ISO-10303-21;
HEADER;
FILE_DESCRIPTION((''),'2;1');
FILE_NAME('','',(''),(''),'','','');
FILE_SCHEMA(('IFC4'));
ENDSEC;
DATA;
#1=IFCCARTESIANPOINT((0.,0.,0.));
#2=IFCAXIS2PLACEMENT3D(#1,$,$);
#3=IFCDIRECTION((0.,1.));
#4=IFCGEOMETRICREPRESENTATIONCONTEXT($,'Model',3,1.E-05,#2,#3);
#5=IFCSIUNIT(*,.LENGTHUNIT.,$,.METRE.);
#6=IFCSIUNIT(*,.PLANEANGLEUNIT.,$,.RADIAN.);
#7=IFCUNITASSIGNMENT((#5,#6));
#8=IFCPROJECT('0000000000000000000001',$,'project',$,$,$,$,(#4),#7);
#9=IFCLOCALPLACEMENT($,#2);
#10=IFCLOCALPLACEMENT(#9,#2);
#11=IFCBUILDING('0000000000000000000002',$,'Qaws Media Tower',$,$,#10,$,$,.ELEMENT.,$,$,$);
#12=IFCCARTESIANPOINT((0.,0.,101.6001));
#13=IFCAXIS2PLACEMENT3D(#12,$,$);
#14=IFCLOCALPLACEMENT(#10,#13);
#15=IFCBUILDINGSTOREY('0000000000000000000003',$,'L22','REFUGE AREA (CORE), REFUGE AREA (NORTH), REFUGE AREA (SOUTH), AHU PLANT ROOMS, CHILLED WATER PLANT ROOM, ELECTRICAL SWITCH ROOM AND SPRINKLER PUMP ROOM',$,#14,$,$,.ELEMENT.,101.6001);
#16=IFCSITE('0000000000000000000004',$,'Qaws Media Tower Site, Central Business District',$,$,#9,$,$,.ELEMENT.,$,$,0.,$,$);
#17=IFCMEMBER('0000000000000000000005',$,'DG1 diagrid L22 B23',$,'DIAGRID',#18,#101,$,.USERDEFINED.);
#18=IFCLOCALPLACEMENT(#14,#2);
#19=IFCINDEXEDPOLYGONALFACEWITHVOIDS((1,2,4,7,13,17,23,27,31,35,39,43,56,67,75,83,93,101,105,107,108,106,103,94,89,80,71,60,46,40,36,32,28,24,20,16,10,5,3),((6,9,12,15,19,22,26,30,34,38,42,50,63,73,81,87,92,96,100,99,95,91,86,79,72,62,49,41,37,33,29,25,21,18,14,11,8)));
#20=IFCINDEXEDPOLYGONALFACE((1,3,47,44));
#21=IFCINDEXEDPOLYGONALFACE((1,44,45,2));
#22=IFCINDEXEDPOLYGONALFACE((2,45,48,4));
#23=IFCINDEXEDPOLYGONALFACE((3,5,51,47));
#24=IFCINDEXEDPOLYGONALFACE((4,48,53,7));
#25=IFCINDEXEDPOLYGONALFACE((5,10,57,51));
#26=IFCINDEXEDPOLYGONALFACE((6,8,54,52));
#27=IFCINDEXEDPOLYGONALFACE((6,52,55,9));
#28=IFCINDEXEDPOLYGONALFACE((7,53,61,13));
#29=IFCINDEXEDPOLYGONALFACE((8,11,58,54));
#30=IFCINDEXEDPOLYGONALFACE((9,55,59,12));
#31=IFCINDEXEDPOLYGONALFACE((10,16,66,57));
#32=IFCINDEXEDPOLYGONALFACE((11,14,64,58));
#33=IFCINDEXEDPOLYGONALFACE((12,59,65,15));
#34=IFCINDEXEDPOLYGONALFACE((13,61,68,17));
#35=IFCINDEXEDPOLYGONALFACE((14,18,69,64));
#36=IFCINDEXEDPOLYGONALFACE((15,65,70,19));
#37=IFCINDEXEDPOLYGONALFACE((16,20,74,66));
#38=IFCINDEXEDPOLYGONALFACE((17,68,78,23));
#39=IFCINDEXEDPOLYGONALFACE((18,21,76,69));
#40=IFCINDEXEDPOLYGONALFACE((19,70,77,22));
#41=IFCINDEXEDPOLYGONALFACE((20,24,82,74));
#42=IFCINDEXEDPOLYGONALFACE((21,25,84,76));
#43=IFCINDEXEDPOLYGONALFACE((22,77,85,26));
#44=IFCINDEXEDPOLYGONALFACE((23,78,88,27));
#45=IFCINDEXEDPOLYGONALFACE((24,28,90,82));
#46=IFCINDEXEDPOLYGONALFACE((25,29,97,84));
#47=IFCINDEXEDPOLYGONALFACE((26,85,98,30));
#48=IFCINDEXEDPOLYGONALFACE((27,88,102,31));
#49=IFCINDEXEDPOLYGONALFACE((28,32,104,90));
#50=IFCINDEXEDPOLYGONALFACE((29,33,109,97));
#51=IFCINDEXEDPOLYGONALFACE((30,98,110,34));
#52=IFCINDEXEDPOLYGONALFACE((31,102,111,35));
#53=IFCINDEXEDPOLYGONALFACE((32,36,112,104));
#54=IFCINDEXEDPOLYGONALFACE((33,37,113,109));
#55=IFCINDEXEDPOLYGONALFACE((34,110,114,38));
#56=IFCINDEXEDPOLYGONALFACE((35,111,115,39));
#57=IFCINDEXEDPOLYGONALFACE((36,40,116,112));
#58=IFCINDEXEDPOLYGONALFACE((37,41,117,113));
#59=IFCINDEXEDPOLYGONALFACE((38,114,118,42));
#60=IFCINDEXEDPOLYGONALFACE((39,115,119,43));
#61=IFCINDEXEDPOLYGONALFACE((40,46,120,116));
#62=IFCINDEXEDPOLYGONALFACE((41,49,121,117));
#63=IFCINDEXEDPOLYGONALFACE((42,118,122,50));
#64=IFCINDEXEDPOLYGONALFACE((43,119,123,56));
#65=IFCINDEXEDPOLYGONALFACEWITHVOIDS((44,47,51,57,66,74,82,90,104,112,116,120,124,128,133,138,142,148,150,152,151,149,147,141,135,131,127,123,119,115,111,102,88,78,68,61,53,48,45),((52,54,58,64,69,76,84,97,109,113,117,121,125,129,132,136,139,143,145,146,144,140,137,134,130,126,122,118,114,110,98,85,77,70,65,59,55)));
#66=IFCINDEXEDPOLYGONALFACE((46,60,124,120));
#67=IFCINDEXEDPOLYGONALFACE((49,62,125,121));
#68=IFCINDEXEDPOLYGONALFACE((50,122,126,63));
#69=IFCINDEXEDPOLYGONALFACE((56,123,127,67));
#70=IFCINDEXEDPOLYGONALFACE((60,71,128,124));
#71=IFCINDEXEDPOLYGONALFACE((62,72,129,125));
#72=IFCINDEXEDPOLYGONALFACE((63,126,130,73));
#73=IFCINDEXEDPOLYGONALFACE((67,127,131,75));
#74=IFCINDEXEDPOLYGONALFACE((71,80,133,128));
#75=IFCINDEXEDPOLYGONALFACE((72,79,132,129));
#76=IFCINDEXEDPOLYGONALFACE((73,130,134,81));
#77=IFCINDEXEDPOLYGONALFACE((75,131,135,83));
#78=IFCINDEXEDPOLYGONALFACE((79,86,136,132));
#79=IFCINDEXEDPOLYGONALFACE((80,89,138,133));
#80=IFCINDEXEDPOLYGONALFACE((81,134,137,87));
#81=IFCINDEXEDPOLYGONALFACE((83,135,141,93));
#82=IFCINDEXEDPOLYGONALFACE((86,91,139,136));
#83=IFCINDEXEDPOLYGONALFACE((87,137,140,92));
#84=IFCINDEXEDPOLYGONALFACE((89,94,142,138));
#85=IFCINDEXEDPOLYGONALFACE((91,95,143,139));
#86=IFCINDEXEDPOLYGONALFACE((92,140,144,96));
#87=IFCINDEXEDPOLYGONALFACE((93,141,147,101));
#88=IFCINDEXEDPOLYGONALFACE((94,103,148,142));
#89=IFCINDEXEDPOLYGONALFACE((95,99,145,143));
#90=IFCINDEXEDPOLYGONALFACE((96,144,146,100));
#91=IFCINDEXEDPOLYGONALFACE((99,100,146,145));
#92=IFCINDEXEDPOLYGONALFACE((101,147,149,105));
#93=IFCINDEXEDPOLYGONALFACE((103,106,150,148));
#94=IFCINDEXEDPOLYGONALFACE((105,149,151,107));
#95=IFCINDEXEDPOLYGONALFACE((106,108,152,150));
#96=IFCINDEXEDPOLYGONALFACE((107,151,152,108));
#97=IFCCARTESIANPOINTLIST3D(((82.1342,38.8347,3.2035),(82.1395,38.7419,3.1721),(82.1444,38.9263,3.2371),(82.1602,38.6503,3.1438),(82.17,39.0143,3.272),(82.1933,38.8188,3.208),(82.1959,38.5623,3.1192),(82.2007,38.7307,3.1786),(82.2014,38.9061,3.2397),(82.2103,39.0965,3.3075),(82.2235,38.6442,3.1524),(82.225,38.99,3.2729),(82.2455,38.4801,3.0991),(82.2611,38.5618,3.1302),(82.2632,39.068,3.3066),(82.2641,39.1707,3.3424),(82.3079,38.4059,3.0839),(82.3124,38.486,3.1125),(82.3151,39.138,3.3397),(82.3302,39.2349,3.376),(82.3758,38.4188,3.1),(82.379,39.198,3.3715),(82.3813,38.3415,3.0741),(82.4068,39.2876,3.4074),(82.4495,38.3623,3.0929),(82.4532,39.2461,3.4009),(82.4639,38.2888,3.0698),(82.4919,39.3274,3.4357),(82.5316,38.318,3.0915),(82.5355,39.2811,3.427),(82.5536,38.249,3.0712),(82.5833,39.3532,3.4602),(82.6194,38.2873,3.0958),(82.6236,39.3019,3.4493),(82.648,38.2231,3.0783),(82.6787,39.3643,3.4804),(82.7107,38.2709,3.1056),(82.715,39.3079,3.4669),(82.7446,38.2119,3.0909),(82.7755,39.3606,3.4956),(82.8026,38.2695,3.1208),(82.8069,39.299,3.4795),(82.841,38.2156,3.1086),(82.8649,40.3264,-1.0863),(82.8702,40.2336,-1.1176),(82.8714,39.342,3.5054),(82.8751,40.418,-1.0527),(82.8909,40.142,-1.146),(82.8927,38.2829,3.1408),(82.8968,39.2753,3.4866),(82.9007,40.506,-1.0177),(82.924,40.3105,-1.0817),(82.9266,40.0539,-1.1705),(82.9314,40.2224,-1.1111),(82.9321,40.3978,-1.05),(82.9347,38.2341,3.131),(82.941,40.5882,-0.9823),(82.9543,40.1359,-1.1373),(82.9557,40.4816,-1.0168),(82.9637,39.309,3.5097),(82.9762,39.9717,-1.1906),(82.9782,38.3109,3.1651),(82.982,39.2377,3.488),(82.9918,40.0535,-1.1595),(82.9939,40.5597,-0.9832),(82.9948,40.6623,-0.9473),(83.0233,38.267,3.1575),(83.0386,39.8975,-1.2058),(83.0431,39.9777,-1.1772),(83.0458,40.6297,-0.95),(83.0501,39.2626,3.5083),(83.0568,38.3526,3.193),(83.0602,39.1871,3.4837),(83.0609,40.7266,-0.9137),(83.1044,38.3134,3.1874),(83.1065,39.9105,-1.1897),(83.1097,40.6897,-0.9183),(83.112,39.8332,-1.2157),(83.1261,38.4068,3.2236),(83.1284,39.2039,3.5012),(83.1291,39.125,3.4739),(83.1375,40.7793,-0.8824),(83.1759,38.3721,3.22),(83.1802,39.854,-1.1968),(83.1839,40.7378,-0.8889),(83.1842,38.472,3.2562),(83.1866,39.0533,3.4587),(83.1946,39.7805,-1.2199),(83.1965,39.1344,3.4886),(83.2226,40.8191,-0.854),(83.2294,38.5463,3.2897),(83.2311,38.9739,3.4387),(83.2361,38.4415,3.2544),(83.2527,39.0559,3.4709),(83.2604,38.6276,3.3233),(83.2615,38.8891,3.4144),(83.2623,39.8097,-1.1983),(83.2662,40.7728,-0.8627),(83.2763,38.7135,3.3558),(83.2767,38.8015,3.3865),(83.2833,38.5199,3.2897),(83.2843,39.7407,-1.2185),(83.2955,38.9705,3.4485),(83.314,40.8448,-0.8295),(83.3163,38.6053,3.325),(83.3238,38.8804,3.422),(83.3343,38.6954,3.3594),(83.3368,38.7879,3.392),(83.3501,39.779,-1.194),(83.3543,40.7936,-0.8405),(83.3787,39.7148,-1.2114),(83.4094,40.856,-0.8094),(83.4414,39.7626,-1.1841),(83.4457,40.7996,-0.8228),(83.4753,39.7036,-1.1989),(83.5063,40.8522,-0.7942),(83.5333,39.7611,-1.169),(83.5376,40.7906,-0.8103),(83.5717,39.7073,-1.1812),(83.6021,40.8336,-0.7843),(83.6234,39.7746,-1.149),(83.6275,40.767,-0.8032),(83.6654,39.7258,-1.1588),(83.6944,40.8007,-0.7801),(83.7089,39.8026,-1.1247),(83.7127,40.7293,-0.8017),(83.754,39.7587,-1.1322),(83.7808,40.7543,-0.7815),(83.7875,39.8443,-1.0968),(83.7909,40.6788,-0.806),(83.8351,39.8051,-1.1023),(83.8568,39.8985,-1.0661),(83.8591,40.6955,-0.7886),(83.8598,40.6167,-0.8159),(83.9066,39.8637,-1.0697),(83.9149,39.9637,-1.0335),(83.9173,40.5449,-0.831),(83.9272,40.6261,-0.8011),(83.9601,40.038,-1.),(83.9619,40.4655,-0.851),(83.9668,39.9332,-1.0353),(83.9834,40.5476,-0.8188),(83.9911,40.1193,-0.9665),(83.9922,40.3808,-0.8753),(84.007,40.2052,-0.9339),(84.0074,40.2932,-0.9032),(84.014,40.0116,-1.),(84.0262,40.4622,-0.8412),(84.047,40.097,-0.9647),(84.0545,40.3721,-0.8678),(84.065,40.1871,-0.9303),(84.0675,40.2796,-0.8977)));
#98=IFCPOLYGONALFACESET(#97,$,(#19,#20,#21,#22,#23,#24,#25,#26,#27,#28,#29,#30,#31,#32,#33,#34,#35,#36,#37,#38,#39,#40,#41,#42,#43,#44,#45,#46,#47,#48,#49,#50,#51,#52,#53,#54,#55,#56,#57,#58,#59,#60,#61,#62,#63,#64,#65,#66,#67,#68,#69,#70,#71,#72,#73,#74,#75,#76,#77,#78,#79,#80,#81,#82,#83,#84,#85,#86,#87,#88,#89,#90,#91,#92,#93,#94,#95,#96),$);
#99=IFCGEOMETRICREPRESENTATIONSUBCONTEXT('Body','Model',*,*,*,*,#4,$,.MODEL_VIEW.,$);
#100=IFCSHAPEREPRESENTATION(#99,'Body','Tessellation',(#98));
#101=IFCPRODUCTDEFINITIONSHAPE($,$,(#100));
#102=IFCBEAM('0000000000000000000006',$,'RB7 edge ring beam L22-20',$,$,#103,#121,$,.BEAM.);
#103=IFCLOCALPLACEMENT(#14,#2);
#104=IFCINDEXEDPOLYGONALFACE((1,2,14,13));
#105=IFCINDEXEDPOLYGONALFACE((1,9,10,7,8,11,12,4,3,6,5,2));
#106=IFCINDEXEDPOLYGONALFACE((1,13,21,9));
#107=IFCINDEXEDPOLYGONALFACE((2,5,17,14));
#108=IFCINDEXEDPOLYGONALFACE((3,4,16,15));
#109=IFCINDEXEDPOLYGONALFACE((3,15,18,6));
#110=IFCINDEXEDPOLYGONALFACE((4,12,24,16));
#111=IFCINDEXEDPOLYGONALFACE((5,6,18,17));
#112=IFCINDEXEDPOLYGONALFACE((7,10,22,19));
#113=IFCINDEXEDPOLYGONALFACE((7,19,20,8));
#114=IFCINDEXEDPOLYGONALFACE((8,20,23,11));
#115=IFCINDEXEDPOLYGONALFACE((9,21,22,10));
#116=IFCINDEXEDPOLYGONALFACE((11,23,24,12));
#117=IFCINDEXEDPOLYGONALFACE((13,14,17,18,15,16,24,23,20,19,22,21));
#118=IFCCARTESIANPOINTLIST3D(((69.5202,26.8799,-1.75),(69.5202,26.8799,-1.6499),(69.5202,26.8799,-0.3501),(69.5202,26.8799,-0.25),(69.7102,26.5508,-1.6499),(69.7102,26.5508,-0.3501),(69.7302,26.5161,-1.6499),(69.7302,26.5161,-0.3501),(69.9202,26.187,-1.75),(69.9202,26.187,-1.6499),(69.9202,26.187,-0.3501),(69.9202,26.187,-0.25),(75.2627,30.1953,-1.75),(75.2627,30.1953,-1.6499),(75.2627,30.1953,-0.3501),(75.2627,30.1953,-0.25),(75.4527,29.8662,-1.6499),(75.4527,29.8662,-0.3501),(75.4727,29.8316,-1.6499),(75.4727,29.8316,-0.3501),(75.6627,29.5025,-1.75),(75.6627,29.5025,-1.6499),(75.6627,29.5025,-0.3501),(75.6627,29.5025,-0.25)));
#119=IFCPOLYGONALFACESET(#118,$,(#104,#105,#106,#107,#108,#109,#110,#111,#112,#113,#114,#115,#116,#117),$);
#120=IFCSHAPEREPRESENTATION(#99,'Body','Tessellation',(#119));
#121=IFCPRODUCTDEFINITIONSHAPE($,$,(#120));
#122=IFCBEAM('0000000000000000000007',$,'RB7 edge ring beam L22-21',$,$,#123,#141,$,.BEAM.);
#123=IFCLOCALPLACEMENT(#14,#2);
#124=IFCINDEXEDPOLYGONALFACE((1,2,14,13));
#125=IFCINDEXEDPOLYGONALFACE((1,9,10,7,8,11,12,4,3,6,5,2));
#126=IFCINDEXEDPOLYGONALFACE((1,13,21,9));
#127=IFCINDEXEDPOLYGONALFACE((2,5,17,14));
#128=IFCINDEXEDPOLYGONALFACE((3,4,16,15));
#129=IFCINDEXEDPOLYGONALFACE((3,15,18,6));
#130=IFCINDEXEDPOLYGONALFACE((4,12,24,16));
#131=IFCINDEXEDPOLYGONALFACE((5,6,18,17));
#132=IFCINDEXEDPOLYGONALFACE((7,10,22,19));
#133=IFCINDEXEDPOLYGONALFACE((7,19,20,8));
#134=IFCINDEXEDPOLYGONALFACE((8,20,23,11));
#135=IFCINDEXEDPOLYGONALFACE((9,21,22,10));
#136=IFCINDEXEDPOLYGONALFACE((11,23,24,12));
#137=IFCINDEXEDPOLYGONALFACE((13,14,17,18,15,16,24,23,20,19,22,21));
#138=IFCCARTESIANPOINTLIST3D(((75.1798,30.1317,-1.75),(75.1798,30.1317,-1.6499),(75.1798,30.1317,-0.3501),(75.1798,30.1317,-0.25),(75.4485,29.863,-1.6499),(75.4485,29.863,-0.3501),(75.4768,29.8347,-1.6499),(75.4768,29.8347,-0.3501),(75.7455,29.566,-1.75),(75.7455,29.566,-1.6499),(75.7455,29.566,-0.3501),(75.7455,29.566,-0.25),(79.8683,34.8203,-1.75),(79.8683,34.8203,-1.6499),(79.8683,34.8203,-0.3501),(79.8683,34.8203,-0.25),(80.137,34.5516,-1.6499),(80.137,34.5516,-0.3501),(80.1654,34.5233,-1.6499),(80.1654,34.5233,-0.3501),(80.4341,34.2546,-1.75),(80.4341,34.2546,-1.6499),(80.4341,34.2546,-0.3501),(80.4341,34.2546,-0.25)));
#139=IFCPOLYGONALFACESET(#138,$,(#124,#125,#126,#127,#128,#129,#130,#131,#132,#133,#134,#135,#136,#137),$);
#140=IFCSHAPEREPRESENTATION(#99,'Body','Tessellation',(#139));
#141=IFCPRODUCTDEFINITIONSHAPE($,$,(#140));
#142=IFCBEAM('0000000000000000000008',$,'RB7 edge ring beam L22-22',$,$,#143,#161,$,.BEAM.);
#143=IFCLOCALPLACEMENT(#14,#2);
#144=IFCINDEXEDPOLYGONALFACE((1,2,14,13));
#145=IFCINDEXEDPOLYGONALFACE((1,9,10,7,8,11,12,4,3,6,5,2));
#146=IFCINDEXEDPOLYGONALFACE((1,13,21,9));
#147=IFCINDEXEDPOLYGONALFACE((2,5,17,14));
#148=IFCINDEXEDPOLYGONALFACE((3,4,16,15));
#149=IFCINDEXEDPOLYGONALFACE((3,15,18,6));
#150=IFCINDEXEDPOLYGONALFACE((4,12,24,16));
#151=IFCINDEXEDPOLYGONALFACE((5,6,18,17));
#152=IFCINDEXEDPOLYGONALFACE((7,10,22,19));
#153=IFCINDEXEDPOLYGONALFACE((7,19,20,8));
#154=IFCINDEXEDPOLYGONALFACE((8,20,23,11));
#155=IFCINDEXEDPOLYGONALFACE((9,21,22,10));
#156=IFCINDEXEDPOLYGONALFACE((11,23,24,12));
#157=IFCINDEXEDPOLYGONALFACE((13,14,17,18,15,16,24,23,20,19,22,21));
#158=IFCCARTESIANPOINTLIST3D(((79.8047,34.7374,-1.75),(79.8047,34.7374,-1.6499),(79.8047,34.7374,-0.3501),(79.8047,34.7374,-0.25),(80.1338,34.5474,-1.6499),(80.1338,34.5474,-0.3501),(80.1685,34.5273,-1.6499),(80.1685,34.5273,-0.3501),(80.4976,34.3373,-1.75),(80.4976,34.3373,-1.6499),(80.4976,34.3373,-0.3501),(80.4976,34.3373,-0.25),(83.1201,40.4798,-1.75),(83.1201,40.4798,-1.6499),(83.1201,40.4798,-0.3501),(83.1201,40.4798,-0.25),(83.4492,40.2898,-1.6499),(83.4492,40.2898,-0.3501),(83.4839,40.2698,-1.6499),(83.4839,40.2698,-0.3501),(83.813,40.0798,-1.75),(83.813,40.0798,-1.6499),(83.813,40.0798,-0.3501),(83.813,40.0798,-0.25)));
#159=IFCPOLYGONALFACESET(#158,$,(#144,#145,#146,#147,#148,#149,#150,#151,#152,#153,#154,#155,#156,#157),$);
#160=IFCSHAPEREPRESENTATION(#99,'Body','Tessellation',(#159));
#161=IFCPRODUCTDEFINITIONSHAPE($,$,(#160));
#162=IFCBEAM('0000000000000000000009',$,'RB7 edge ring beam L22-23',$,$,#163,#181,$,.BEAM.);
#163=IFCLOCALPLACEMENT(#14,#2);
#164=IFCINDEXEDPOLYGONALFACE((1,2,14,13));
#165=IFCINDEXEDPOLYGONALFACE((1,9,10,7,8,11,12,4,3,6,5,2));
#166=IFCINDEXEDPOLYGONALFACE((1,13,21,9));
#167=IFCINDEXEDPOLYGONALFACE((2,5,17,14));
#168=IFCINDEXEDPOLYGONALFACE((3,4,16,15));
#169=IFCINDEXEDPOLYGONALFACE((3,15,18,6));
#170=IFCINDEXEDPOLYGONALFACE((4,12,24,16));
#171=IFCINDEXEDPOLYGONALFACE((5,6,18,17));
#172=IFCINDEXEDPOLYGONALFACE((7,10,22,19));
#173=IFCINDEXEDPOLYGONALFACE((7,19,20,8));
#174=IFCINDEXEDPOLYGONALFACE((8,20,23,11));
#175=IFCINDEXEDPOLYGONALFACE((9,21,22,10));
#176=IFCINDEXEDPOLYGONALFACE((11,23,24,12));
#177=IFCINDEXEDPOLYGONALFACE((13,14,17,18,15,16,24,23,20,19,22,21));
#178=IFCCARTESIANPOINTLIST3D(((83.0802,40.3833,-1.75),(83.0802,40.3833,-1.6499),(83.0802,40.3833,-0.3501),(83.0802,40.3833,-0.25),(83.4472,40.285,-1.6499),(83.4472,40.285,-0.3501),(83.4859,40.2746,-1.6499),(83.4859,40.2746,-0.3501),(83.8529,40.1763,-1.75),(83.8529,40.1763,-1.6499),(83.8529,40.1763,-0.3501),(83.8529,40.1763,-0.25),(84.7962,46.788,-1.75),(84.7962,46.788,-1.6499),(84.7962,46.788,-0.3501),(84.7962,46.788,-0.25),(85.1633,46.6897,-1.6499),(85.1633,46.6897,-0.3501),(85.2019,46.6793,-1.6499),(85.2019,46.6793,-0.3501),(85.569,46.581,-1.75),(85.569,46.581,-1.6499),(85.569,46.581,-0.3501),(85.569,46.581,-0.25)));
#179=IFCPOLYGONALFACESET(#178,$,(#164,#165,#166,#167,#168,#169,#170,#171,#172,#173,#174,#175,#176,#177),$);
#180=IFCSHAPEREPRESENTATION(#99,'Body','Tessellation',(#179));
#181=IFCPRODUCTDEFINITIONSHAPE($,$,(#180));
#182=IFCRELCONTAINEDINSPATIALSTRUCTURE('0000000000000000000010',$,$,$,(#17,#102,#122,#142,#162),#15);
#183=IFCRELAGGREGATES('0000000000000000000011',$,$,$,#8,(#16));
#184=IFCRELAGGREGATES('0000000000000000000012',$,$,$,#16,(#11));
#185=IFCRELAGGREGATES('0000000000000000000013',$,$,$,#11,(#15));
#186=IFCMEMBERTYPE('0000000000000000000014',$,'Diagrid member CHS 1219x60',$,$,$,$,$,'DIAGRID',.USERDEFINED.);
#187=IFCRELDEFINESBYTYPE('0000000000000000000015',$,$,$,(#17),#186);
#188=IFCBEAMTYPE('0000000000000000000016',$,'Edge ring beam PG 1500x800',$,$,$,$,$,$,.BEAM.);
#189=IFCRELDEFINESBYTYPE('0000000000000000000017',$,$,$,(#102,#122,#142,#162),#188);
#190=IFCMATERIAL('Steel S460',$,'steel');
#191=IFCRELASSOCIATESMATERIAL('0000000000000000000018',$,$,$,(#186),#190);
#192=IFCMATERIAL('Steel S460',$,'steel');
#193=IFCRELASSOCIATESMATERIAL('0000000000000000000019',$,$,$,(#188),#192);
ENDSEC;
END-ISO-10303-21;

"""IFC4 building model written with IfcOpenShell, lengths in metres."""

from ifc_helpers import new_model, si_unit, direction, frame, origin, origin_2d, place, context, subcontext, project, spatial, hollow_circle, i_section, extrude, material, material_profile, profile_set, type_object, element, save


model = new_model("IFC4")

# Units and contexts
model_context = context("Model", 3, precision=1e-05, world=origin(), true_north=direction((0.0, 1.0)))
body_context = subcontext(model_context, "Body", "Model", "MODEL_VIEW")
ifc_project = project(units=[si_unit("LENGTHUNIT", "METRE"), si_unit("PLANEANGLEUNIT", "RADIAN")], contexts=[model_context])

# Site, building, storey
site_placement = place(None, origin())
site = spatial("IfcSite", under=ifc_project, at=site_placement, Name="Qaws Media Tower Site, Central Business District", CompositionType="ELEMENT", RefElevation=0.0)
building_placement = place(site_placement, origin())
building = spatial("IfcBuilding", under=site, at=building_placement, Name="Qaws Media Tower", CompositionType="ELEMENT")
storey_placement = place(building_placement, frame((0.0, 0.0, 101.6001)))
storey = spatial("IfcBuildingStorey", under=building, at=storey_placement, Name="L22", Description="REFUGE AREA (CORE), REFUGE AREA (NORTH), REFUGE AREA (SOUTH), AHU PLANT ROOMS, CHILLED WATER PLANT ROOM, ELECTRICAL SWITCH ROOM AND SPRINKLER PUMP ROOM", CompositionType="ELEMENT", Elevation=101.6001)

# Member
ifc_material_1 = material(Name="Steel S460", Category="steel")
ifc_material_profile_1 = material_profile(ifc_material_1, hollow_circle(Radius=0.6096, WallThickness=0.0601, at=origin_2d()), Name="CHS 1219x60")
ifc_profile_set_1 = profile_set([ifc_material_profile_1], Name="Steel S460")
member_type = type_object("IfcMemberType", Name="Diagrid member CHS 1219x60", ElementType="DIAGRID", PredefinedType="USERDEFINED", material=ifc_profile_set_1)
member_1_placement = place(storey_placement, frame((83.4666, 40.2798, -1.0), z_axis=(-0.158845, -0.324271, 0.932532), x_axis=(0.898043, -0.439909, 0.0)))
element("IfcMember", 1, at=member_1_placement, inside=storey, type_object=member_type, Name="DG1 diagrid L22 B23", ObjectType="DIAGRID", PredefinedType="USERDEFINED", context=body_context, shape_type="SweptSolid", body=[
    extrude(hollow_circle(Radius=0.6096, WallThickness=0.0601, at=origin_2d()), origin(), (0.0, 0.0, 1.0), 4.6001),
])

# Beams
ifc_material_2 = material(Name="Steel S460", Category="steel")
ifc_material_profile_2 = material_profile(ifc_material_2, i_section(OverallWidth=0.8, OverallDepth=1.5, WebThickness=0.04, FlangeThickness=0.1001, at=origin_2d()), Name="PG 1500x800")
ifc_profile_set_2 = profile_set([ifc_material_profile_2], Name="Steel S460")
beam_type_1 = type_object("IfcBeamType", Name="Edge ring beam PG 1500x800", PredefinedType="BEAM", material=ifc_profile_set_2)
beam_1_placement = place(storey_placement, frame((69.7202, 26.5334, -1.0), z_axis=(0.866023, 0.500004, 0.0), x_axis=(-0.500004, 0.866023, 0.0)))
element("IfcBeam", 2, at=beam_1_placement, inside=storey, type_object=beam_type_1, Name="RB7 edge ring beam L22-20", PredefinedType="BEAM", context=body_context, shape_type="SweptSolid", body=[
    extrude(i_section(OverallWidth=0.8, OverallDepth=1.5, WebThickness=0.04, FlangeThickness=0.1001, at=origin_2d()), origin(), (0.0, 0.0, 1.0), 6.6309),
])
beam_2_placement = place(storey_placement, frame((75.4626, 29.8489, -1.0), z_axis=(0.707107, 0.707107, 0.0), x_axis=(-0.707107, 0.707107, 0.0)))
element("IfcBeam", 3, at=beam_2_placement, inside=storey, type_object=beam_type_1, Name="RB7 edge ring beam L22-21", PredefinedType="BEAM", context=body_context, shape_type="SweptSolid", body=[
    extrude(i_section(OverallWidth=0.8, OverallDepth=1.5, WebThickness=0.04, FlangeThickness=0.1001, at=origin_2d()), origin(), (0.0, 0.0, 1.0), 6.6306),
])
beam_3_placement = place(storey_placement, frame((80.1511, 34.5374, -1.0), z_axis=(0.500004, 0.866023, 0.0), x_axis=(-0.866023, 0.500004, 0.0)))
element("IfcBeam", 4, at=beam_3_placement, inside=storey, type_object=beam_type_1, Name="RB7 edge ring beam L22-22", PredefinedType="BEAM", context=body_context, shape_type="SweptSolid", body=[
    extrude(i_section(OverallWidth=0.8, OverallDepth=1.5, WebThickness=0.04, FlangeThickness=0.1001, at=origin_2d()), origin(), (0.0, 0.0, 1.0), 6.6309),
])
beam_4_placement = place(storey_placement, frame((83.4666, 40.2798, -1.0), z_axis=(0.258806, 0.965929, 0.0), x_axis=(-0.965929, 0.258806, 0.0)))
element("IfcBeam", 5, at=beam_4_placement, inside=storey, type_object=beam_type_1, Name="RB7 edge ring beam L22-23", PredefinedType="BEAM", context=body_context, shape_type="SweptSolid", body=[
    extrude(i_section(OverallWidth=0.8, OverallDepth=1.5, WebThickness=0.04, FlangeThickness=0.1001, at=origin_2d()), origin(), (0.0, 0.0, 1.0), 6.6306),
])

save(model, "model.ifc")
